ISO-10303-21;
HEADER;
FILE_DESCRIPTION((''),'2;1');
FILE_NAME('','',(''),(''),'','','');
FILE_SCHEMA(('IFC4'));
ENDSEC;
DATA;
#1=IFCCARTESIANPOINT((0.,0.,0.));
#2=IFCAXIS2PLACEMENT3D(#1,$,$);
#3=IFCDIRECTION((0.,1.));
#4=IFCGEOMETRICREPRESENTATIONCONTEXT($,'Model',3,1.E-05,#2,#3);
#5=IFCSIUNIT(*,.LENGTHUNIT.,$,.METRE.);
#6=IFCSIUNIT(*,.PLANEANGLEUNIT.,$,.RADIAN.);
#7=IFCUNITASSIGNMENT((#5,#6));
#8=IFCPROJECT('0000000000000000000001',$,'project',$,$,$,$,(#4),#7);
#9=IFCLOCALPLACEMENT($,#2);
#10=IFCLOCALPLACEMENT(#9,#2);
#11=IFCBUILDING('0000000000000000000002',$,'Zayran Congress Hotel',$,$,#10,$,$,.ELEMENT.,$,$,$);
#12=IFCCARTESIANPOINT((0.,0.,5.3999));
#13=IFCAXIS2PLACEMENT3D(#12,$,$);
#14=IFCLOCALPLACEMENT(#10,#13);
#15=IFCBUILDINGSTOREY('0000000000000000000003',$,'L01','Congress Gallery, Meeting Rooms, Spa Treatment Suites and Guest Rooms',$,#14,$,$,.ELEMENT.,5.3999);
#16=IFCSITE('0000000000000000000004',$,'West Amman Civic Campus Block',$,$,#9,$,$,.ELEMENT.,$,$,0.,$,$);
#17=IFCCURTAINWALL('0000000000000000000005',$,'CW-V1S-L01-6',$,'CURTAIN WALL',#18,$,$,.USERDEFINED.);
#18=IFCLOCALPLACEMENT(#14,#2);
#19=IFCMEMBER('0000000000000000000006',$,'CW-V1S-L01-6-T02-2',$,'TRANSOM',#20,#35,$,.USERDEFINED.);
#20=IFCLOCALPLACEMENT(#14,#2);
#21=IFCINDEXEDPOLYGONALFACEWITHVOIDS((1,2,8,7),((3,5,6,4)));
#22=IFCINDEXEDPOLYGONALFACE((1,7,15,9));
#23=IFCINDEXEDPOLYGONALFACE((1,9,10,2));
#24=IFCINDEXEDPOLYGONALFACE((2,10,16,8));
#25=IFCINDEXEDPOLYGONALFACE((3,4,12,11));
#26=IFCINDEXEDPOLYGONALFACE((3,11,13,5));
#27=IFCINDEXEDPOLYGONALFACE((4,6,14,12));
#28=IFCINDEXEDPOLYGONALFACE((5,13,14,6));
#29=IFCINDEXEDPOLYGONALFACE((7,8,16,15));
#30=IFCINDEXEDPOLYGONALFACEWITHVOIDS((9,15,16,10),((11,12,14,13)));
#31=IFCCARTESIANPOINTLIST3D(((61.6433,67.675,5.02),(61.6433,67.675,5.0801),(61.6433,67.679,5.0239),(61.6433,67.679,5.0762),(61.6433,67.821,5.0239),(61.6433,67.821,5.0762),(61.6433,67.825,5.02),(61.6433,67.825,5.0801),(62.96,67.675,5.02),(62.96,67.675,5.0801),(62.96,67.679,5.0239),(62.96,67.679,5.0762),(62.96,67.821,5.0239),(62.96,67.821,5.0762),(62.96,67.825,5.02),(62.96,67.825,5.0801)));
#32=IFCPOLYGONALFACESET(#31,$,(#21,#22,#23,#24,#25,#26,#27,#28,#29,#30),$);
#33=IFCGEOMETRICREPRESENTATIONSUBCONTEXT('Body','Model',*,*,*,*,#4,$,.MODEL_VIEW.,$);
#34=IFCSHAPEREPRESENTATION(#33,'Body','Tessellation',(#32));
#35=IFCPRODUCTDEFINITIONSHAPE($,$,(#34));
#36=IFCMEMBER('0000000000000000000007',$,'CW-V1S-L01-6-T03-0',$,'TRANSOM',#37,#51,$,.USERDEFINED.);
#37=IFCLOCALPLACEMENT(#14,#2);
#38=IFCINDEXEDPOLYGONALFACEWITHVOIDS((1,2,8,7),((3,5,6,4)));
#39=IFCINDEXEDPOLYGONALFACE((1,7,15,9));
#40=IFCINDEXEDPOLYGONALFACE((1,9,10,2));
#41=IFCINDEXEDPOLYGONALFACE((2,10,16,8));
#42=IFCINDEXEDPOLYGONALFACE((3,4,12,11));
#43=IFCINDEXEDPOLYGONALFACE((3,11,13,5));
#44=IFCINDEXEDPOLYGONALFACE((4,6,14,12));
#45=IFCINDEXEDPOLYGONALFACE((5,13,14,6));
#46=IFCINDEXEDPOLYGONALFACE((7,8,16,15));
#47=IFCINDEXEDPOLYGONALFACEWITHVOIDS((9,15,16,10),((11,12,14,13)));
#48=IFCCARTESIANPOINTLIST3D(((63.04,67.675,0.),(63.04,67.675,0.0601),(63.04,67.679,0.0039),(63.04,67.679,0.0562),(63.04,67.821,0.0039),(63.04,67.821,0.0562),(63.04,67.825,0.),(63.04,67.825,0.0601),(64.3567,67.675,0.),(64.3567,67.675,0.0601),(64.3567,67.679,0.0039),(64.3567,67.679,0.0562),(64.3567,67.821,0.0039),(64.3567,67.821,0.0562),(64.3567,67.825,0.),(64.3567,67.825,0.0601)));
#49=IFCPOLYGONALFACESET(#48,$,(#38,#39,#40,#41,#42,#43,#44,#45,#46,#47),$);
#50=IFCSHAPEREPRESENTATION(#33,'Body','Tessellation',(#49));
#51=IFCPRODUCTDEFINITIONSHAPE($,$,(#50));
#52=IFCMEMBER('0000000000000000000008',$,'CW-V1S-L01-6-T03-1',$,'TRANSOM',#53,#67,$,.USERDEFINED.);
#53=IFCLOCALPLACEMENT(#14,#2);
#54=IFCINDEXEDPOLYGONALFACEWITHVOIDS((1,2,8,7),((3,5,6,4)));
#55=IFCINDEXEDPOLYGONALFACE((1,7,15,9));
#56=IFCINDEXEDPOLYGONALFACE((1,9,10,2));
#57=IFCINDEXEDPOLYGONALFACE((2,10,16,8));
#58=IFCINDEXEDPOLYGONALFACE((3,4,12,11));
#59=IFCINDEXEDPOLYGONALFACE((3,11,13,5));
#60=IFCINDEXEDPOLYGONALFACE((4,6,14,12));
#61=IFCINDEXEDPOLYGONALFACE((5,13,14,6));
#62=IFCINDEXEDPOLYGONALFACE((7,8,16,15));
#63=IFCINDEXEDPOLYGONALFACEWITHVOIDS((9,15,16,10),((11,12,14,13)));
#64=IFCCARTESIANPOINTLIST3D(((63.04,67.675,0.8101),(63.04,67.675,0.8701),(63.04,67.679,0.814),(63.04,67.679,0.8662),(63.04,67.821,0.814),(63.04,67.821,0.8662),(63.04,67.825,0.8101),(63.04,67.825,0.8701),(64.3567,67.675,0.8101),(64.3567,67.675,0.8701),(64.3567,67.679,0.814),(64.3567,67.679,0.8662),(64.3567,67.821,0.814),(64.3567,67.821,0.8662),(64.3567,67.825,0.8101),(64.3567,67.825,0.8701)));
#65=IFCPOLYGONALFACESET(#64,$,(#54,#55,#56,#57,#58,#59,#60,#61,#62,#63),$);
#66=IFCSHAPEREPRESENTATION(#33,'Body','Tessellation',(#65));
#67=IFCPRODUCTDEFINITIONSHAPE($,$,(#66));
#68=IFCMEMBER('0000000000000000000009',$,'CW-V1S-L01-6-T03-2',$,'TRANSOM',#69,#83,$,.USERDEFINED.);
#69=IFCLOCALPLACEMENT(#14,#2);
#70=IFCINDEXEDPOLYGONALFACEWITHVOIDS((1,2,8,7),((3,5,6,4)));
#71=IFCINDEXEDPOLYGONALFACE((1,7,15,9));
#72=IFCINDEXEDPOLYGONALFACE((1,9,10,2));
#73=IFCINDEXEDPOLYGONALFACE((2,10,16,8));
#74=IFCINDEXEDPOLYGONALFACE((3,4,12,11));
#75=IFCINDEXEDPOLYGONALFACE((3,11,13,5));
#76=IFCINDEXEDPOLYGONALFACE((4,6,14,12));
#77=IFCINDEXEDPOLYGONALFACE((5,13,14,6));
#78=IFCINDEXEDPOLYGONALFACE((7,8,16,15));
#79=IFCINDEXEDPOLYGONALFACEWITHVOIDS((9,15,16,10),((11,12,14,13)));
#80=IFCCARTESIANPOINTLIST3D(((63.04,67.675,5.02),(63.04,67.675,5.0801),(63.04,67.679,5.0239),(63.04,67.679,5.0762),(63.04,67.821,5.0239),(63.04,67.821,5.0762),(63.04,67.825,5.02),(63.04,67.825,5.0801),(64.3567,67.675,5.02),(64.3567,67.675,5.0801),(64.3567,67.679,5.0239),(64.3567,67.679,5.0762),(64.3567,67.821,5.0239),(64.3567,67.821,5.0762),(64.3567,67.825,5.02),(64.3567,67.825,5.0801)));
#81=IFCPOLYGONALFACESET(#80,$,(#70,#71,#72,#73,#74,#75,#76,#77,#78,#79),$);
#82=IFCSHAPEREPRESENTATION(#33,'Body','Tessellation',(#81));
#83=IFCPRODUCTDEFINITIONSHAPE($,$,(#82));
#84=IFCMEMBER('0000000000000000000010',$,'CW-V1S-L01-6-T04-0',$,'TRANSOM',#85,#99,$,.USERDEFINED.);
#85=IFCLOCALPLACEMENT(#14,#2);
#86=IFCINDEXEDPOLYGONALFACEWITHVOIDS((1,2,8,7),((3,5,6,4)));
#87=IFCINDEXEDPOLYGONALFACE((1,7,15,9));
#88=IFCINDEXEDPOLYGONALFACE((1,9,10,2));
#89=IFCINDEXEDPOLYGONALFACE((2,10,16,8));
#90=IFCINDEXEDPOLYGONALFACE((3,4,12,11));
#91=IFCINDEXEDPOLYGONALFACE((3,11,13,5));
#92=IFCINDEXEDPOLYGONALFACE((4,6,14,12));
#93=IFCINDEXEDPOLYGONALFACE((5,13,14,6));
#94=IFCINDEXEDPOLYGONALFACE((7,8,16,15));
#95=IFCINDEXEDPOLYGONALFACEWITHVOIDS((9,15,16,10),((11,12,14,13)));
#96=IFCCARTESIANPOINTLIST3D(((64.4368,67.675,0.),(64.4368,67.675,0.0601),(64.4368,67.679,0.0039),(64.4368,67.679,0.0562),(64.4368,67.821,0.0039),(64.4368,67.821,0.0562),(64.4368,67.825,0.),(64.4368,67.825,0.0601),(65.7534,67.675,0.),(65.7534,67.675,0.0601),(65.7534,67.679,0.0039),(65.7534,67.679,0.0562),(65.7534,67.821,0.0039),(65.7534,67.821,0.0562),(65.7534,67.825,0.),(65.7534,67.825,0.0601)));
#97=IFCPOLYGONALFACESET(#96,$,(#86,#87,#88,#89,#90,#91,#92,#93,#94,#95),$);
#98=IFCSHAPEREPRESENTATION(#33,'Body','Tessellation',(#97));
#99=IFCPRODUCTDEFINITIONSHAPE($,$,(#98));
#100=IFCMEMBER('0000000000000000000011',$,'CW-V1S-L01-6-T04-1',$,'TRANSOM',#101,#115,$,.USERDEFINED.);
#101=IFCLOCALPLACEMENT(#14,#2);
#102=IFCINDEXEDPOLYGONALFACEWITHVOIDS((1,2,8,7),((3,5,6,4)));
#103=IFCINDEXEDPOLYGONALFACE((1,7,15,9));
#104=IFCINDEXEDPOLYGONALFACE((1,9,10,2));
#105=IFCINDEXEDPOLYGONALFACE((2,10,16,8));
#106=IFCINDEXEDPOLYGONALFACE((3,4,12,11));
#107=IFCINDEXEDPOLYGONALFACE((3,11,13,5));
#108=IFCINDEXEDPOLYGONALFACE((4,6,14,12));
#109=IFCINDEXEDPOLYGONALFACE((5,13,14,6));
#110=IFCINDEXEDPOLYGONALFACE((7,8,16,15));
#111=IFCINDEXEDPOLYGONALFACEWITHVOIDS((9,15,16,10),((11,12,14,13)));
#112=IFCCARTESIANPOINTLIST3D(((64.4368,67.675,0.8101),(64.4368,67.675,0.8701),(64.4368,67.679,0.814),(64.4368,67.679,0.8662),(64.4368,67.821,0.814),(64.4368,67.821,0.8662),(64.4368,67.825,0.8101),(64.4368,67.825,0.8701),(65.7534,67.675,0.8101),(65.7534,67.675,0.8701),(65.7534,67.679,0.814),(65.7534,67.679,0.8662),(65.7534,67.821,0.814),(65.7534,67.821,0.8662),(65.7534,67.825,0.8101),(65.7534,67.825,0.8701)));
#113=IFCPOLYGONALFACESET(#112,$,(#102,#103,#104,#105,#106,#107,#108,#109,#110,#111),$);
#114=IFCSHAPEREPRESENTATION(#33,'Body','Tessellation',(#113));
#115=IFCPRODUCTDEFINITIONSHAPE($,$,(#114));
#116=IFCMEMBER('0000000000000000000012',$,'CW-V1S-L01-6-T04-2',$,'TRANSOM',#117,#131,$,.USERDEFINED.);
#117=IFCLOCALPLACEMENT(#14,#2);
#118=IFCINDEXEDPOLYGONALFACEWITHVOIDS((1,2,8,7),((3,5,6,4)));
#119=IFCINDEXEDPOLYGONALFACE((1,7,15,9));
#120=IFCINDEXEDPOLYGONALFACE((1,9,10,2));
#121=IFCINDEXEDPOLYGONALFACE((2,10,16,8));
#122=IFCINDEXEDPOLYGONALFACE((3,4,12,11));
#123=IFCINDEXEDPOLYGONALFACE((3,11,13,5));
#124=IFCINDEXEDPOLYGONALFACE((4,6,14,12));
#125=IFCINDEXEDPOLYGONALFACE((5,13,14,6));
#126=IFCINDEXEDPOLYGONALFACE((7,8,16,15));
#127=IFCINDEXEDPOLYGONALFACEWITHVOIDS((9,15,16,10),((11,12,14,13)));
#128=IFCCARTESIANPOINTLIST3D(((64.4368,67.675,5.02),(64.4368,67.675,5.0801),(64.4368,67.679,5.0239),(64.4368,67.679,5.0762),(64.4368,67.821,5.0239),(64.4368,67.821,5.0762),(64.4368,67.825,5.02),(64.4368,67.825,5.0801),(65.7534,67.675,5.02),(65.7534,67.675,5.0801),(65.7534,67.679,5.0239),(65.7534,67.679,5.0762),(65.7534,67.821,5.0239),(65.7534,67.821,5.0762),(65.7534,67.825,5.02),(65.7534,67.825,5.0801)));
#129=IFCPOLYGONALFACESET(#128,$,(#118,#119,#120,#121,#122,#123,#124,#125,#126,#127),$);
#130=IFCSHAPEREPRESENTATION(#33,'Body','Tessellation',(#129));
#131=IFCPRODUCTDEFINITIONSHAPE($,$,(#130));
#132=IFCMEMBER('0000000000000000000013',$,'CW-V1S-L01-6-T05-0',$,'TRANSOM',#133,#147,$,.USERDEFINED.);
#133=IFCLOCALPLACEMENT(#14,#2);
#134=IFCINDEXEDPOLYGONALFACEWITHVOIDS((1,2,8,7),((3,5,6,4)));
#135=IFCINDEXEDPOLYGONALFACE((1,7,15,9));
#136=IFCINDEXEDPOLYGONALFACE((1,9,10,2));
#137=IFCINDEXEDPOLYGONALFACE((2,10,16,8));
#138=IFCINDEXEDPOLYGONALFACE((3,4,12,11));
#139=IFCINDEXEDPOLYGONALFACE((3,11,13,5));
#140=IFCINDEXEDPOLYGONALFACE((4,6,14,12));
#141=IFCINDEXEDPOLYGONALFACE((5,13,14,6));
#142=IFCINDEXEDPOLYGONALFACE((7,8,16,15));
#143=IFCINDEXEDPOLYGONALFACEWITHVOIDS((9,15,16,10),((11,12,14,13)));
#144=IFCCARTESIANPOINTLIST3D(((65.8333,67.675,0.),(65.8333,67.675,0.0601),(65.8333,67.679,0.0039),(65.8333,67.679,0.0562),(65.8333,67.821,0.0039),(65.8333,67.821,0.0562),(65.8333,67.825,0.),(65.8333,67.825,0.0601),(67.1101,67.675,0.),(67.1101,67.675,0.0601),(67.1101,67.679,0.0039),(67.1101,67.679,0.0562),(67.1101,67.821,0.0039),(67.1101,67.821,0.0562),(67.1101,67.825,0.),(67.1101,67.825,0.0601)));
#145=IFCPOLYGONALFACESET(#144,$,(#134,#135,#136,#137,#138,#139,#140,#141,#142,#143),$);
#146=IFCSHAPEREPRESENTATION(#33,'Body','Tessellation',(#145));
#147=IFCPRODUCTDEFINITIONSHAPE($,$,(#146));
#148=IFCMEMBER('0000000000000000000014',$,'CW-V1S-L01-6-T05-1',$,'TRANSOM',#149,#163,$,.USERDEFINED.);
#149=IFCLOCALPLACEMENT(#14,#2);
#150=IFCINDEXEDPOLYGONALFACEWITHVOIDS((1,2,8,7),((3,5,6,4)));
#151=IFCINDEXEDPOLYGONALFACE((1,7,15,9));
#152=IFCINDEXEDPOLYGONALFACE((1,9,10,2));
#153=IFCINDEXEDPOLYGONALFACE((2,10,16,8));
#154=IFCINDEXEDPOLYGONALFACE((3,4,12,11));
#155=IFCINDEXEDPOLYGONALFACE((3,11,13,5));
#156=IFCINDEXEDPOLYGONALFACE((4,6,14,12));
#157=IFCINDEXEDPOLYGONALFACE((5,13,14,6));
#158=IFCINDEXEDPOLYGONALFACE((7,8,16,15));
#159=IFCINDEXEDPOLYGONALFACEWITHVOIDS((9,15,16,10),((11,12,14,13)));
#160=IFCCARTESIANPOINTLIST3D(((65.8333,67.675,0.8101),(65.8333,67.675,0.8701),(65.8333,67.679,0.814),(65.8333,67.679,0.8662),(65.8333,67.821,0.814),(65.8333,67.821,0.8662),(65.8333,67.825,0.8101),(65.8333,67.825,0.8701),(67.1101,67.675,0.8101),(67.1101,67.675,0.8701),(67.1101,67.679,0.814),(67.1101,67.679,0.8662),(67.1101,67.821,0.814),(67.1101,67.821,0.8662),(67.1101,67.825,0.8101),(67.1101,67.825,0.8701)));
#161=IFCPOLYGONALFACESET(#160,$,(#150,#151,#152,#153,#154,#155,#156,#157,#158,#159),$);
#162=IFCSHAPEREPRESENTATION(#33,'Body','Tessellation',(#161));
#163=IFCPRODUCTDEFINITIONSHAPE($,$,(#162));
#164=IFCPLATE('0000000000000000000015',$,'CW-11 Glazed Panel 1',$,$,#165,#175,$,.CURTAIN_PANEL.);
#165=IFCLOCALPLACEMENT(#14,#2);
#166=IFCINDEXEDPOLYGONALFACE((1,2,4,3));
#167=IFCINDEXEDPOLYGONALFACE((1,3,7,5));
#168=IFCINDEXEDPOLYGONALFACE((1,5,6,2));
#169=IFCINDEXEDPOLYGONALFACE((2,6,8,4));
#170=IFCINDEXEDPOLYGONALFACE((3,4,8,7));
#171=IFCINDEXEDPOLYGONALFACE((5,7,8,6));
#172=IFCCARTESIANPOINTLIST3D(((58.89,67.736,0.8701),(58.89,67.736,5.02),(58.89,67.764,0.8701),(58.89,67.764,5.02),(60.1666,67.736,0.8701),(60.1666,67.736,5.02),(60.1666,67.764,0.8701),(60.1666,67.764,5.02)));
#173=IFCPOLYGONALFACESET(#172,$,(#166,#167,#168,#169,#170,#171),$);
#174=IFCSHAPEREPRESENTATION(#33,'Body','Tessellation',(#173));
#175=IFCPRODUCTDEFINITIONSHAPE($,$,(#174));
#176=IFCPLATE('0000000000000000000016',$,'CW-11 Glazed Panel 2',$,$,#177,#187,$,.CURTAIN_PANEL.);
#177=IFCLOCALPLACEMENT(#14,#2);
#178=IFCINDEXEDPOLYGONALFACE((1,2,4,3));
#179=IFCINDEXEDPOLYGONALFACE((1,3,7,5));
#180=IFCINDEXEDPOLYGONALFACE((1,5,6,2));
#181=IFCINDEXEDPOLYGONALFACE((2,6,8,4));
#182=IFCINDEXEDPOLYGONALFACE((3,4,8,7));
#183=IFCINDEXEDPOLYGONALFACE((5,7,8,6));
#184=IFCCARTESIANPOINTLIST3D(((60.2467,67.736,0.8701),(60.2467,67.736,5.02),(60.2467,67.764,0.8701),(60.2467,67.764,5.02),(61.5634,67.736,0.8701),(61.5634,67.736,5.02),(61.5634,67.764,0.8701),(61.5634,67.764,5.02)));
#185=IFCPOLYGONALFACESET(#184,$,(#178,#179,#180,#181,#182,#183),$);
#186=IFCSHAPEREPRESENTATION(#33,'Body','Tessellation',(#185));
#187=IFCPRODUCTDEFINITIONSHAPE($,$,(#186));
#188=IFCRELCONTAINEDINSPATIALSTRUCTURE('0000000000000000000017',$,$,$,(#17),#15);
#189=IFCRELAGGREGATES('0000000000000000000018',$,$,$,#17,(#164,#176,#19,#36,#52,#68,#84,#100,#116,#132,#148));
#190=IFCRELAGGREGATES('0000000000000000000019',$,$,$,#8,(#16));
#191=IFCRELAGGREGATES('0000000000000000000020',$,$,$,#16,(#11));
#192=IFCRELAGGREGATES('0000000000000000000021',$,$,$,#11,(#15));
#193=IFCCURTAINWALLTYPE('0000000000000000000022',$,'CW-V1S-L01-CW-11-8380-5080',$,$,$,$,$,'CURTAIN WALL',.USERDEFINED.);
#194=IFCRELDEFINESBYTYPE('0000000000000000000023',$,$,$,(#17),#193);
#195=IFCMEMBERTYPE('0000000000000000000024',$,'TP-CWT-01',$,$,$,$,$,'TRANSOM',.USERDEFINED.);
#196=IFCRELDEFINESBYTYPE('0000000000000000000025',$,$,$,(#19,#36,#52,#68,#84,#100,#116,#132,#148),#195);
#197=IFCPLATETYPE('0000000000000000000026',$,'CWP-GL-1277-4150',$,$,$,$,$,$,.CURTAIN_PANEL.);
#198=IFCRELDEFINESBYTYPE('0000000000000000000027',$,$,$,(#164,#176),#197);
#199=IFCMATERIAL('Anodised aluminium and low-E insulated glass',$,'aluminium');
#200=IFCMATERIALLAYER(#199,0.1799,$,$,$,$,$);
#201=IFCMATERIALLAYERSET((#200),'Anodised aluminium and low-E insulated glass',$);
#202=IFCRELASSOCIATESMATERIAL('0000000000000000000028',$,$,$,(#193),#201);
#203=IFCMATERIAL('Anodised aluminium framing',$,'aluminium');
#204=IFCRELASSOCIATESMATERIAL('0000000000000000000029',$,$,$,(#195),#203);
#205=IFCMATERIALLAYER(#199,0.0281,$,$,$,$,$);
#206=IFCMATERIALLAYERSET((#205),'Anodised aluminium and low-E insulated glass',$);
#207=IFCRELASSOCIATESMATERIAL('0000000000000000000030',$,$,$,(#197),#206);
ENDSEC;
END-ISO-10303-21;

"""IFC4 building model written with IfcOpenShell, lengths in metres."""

from ifc_helpers import new_model, si_unit, direction, frame, origin, origin_2d, place, context, subcontext, project, spatial, rectangle, hollow_rectangle, extrude, material, layer, layer_set, material_profile, profile_set, type_object, element, aggregate, save


model = new_model("IFC4")

# Units and contexts
model_context = context("Model", 3, precision=1e-05, world=origin(), true_north=direction((0.0, 1.0)))
body_context = subcontext(model_context, "Body", "Model", "MODEL_VIEW")
ifc_project = project(units=[si_unit("LENGTHUNIT", "METRE"), si_unit("PLANEANGLEUNIT", "RADIAN")], contexts=[model_context])

# Site, building, storey
site_placement = place(None, origin())
site = spatial("IfcSite", under=ifc_project, at=site_placement, Name="West Amman Civic Campus Block", CompositionType="ELEMENT", RefElevation=0.0)
building_placement = place(site_placement, origin())
building = spatial("IfcBuilding", under=site, at=building_placement, Name="Zayran Congress Hotel", CompositionType="ELEMENT")
storey_placement = place(building_placement, frame((0.0, 0.0, 5.3999)))
storey = spatial("IfcBuildingStorey", under=building, at=storey_placement, Name="L01", Description="Congress Gallery, Meeting Rooms, Spa Treatment Suites and Guest Rooms", CompositionType="ELEMENT", Elevation=5.3999)

# Curtain wall, members, plates
ifc_material_1 = material(Name="Anodised aluminium and low-E insulated glass", Category="aluminium")
ifc_layer_1 = layer(ifc_material_1, 0.1799)
ifc_layer_set_1 = layer_set([ifc_layer_1], Name="Anodised aluminium and low-E insulated glass")
curtain_wall_type = type_object("IfcCurtainWallType", Name="CW-V1S-L01-CW-11-8380-5080", ElementType="CURTAIN WALL", PredefinedType="USERDEFINED", material=ifc_layer_set_1)
curtain_wall_placement = place(storey_placement, origin())
curtain_wall = element("IfcCurtainWall", 1, at=curtain_wall_placement, inside=storey, type_object=curtain_wall_type, Name="CW-V1S-L01-6", ObjectType="CURTAIN WALL", PredefinedType="USERDEFINED")
ifc_material_2 = material(Name="Anodised aluminium framing", Category="aluminium")
ifc_material_profile_1 = material_profile(ifc_material_2, hollow_rectangle(XDim=0.0601, YDim=0.1499, WallThickness=0.0039, at=origin_2d()), Name="RHS 150x60x4")
ifc_profile_set_1 = profile_set([ifc_material_profile_1], Name="Anodised aluminium framing")
member_type_1 = type_object("IfcMemberType", Name="TP-CWT-01", ElementType="TRANSOM", PredefinedType="USERDEFINED", material=ifc_profile_set_1)
member_1_placement = place(storey_placement, frame((61.6433, 67.75, 5.05), z_axis=(1.0, 0.0, 0.0), x_axis=(0.0, 0.0, 1.0)))
member_1 = element("IfcMember", 2, at=member_1_placement, type_object=member_type_1, Name="CW-V1S-L01-6-T02-2", ObjectType="TRANSOM", PredefinedType="USERDEFINED", context=body_context, shape_type="SweptSolid", body=[
    extrude(hollow_rectangle(XDim=0.0601, YDim=0.1499, WallThickness=0.0039, at=origin_2d()), origin(), (0.0, 0.0, 1.0), 1.3167),
])
member_2_placement = place(storey_placement, frame((63.04, 67.75, 0.03), z_axis=(1.0, 0.0, 0.0), x_axis=(0.0, 0.0, 1.0)))
member_2 = element("IfcMember", 3, at=member_2_placement, type_object=member_type_1, Name="CW-V1S-L01-6-T03-0", ObjectType="TRANSOM", PredefinedType="USERDEFINED", context=body_context, shape_type="SweptSolid", body=[
    extrude(hollow_rectangle(XDim=0.0601, YDim=0.1499, WallThickness=0.0039, at=origin_2d()), origin(), (0.0, 0.0, 1.0), 1.3167),
])
member_3_placement = place(storey_placement, frame((63.04, 67.75, 0.8401), z_axis=(1.0, 0.0, 0.0), x_axis=(0.0, 0.0, 1.0)))
member_3 = element("IfcMember", 4, at=member_3_placement, type_object=member_type_1, Name="CW-V1S-L01-6-T03-1", ObjectType="TRANSOM", PredefinedType="USERDEFINED", context=body_context, shape_type="SweptSolid", body=[
    extrude(hollow_rectangle(XDim=0.0601, YDim=0.1499, WallThickness=0.0039, at=origin_2d()), origin(), (0.0, 0.0, 1.0), 1.3167),
])
member_4_placement = place(storey_placement, frame((63.04, 67.75, 5.05), z_axis=(1.0, 0.0, 0.0), x_axis=(0.0, 0.0, 1.0)))
member_4 = element("IfcMember", 5, at=member_4_placement, type_object=member_type_1, Name="CW-V1S-L01-6-T03-2", ObjectType="TRANSOM", PredefinedType="USERDEFINED", context=body_context, shape_type="SweptSolid", body=[
    extrude(hollow_rectangle(XDim=0.0601, YDim=0.1499, WallThickness=0.0039, at=origin_2d()), origin(), (0.0, 0.0, 1.0), 1.3167),
])
member_5_placement = place(storey_placement, frame((64.4368, 67.75, 0.03), z_axis=(1.0, 0.0, 0.0), x_axis=(0.0, 0.0, 1.0)))
member_5 = element("IfcMember", 6, at=member_5_placement, type_object=member_type_1, Name="CW-V1S-L01-6-T04-0", ObjectType="TRANSOM", PredefinedType="USERDEFINED", context=body_context, shape_type="SweptSolid", body=[
    extrude(hollow_rectangle(XDim=0.0601, YDim=0.1499, WallThickness=0.0039, at=origin_2d()), origin(), (0.0, 0.0, 1.0), 1.3167),
])
member_6_placement = place(storey_placement, frame((64.4368, 67.75, 0.8401), z_axis=(1.0, 0.0, 0.0), x_axis=(0.0, 0.0, 1.0)))
member_6 = element("IfcMember", 7, at=member_6_placement, type_object=member_type_1, Name="CW-V1S-L01-6-T04-1", ObjectType="TRANSOM", PredefinedType="USERDEFINED", context=body_context, shape_type="SweptSolid", body=[
    extrude(hollow_rectangle(XDim=0.0601, YDim=0.1499, WallThickness=0.0039, at=origin_2d()), origin(), (0.0, 0.0, 1.0), 1.3167),
])
member_7_placement = place(storey_placement, frame((64.4368, 67.75, 5.05), z_axis=(1.0, 0.0, 0.0), x_axis=(0.0, 0.0, 1.0)))
member_7 = element("IfcMember", 8, at=member_7_placement, type_object=member_type_1, Name="CW-V1S-L01-6-T04-2", ObjectType="TRANSOM", PredefinedType="USERDEFINED", context=body_context, shape_type="SweptSolid", body=[
    extrude(hollow_rectangle(XDim=0.0601, YDim=0.1499, WallThickness=0.0039, at=origin_2d()), origin(), (0.0, 0.0, 1.0), 1.3167),
])
member_8_placement = place(storey_placement, frame((65.8333, 67.75, 0.03), z_axis=(1.0, 0.0, 0.0), x_axis=(0.0, 0.0, 1.0)))
member_8 = element("IfcMember", 9, at=member_8_placement, type_object=member_type_1, Name="CW-V1S-L01-6-T05-0", ObjectType="TRANSOM", PredefinedType="USERDEFINED", context=body_context, shape_type="SweptSolid", body=[
    extrude(hollow_rectangle(XDim=0.0601, YDim=0.1499, WallThickness=0.0039, at=origin_2d()), origin(), (0.0, 0.0, 1.0), 1.2769),
])
member_9_placement = place(storey_placement, frame((65.8333, 67.75, 0.8401), z_axis=(1.0, 0.0, 0.0), x_axis=(0.0, 0.0, 1.0)))
member_9 = element("IfcMember", 10, at=member_9_placement, type_object=member_type_1, Name="CW-V1S-L01-6-T05-1", ObjectType="TRANSOM", PredefinedType="USERDEFINED", context=body_context, shape_type="SweptSolid", body=[
    extrude(hollow_rectangle(XDim=0.0601, YDim=0.1499, WallThickness=0.0039, at=origin_2d()), origin(), (0.0, 0.0, 1.0), 1.2769),
])
ifc_layer_2 = layer(ifc_material_1, 0.0281)
ifc_layer_set_2 = layer_set([ifc_layer_2], Name="Anodised aluminium and low-E insulated glass")
plate_type_1 = type_object("IfcPlateType", Name="CWP-GL-1277-4150", PredefinedType="CURTAIN_PANEL", material=ifc_layer_set_2)
plate_1_placement = place(storey_placement, frame((59.5283, 67.75, 0.8701), z_axis=(0.0, 0.0, 1.0), x_axis=(1.0, 0.0, 0.0)))
plate_1 = element("IfcPlate", 11, at=plate_1_placement, type_object=plate_type_1, Name="CW-11 Glazed Panel 1", PredefinedType="CURTAIN_PANEL", context=body_context, shape_type="SweptSolid", body=[
    extrude(rectangle(XDim=1.2766, YDim=0.0281, at=origin_2d()), origin(), (0.0, 0.0, 1.0), 4.1499),
])
plate_2_placement = place(storey_placement, frame((60.905, 67.75, 0.8701), z_axis=(0.0, 0.0, 1.0), x_axis=(1.0, 0.0, 0.0)))
plate_2 = element("IfcPlate", 12, at=plate_2_placement, type_object=plate_type_1, Name="CW-11 Glazed Panel 2", PredefinedType="CURTAIN_PANEL", context=body_context, shape_type="SweptSolid", body=[
    extrude(rectangle(XDim=1.3167, YDim=0.0281, at=origin_2d()), origin(), (0.0, 0.0, 1.0), 4.1499),
])
aggregate(curtain_wall, [plate_1, plate_2, member_1, member_2, member_3, member_4, member_5, member_6, member_7, member_8, member_9])

save(model, "model.ifc")
